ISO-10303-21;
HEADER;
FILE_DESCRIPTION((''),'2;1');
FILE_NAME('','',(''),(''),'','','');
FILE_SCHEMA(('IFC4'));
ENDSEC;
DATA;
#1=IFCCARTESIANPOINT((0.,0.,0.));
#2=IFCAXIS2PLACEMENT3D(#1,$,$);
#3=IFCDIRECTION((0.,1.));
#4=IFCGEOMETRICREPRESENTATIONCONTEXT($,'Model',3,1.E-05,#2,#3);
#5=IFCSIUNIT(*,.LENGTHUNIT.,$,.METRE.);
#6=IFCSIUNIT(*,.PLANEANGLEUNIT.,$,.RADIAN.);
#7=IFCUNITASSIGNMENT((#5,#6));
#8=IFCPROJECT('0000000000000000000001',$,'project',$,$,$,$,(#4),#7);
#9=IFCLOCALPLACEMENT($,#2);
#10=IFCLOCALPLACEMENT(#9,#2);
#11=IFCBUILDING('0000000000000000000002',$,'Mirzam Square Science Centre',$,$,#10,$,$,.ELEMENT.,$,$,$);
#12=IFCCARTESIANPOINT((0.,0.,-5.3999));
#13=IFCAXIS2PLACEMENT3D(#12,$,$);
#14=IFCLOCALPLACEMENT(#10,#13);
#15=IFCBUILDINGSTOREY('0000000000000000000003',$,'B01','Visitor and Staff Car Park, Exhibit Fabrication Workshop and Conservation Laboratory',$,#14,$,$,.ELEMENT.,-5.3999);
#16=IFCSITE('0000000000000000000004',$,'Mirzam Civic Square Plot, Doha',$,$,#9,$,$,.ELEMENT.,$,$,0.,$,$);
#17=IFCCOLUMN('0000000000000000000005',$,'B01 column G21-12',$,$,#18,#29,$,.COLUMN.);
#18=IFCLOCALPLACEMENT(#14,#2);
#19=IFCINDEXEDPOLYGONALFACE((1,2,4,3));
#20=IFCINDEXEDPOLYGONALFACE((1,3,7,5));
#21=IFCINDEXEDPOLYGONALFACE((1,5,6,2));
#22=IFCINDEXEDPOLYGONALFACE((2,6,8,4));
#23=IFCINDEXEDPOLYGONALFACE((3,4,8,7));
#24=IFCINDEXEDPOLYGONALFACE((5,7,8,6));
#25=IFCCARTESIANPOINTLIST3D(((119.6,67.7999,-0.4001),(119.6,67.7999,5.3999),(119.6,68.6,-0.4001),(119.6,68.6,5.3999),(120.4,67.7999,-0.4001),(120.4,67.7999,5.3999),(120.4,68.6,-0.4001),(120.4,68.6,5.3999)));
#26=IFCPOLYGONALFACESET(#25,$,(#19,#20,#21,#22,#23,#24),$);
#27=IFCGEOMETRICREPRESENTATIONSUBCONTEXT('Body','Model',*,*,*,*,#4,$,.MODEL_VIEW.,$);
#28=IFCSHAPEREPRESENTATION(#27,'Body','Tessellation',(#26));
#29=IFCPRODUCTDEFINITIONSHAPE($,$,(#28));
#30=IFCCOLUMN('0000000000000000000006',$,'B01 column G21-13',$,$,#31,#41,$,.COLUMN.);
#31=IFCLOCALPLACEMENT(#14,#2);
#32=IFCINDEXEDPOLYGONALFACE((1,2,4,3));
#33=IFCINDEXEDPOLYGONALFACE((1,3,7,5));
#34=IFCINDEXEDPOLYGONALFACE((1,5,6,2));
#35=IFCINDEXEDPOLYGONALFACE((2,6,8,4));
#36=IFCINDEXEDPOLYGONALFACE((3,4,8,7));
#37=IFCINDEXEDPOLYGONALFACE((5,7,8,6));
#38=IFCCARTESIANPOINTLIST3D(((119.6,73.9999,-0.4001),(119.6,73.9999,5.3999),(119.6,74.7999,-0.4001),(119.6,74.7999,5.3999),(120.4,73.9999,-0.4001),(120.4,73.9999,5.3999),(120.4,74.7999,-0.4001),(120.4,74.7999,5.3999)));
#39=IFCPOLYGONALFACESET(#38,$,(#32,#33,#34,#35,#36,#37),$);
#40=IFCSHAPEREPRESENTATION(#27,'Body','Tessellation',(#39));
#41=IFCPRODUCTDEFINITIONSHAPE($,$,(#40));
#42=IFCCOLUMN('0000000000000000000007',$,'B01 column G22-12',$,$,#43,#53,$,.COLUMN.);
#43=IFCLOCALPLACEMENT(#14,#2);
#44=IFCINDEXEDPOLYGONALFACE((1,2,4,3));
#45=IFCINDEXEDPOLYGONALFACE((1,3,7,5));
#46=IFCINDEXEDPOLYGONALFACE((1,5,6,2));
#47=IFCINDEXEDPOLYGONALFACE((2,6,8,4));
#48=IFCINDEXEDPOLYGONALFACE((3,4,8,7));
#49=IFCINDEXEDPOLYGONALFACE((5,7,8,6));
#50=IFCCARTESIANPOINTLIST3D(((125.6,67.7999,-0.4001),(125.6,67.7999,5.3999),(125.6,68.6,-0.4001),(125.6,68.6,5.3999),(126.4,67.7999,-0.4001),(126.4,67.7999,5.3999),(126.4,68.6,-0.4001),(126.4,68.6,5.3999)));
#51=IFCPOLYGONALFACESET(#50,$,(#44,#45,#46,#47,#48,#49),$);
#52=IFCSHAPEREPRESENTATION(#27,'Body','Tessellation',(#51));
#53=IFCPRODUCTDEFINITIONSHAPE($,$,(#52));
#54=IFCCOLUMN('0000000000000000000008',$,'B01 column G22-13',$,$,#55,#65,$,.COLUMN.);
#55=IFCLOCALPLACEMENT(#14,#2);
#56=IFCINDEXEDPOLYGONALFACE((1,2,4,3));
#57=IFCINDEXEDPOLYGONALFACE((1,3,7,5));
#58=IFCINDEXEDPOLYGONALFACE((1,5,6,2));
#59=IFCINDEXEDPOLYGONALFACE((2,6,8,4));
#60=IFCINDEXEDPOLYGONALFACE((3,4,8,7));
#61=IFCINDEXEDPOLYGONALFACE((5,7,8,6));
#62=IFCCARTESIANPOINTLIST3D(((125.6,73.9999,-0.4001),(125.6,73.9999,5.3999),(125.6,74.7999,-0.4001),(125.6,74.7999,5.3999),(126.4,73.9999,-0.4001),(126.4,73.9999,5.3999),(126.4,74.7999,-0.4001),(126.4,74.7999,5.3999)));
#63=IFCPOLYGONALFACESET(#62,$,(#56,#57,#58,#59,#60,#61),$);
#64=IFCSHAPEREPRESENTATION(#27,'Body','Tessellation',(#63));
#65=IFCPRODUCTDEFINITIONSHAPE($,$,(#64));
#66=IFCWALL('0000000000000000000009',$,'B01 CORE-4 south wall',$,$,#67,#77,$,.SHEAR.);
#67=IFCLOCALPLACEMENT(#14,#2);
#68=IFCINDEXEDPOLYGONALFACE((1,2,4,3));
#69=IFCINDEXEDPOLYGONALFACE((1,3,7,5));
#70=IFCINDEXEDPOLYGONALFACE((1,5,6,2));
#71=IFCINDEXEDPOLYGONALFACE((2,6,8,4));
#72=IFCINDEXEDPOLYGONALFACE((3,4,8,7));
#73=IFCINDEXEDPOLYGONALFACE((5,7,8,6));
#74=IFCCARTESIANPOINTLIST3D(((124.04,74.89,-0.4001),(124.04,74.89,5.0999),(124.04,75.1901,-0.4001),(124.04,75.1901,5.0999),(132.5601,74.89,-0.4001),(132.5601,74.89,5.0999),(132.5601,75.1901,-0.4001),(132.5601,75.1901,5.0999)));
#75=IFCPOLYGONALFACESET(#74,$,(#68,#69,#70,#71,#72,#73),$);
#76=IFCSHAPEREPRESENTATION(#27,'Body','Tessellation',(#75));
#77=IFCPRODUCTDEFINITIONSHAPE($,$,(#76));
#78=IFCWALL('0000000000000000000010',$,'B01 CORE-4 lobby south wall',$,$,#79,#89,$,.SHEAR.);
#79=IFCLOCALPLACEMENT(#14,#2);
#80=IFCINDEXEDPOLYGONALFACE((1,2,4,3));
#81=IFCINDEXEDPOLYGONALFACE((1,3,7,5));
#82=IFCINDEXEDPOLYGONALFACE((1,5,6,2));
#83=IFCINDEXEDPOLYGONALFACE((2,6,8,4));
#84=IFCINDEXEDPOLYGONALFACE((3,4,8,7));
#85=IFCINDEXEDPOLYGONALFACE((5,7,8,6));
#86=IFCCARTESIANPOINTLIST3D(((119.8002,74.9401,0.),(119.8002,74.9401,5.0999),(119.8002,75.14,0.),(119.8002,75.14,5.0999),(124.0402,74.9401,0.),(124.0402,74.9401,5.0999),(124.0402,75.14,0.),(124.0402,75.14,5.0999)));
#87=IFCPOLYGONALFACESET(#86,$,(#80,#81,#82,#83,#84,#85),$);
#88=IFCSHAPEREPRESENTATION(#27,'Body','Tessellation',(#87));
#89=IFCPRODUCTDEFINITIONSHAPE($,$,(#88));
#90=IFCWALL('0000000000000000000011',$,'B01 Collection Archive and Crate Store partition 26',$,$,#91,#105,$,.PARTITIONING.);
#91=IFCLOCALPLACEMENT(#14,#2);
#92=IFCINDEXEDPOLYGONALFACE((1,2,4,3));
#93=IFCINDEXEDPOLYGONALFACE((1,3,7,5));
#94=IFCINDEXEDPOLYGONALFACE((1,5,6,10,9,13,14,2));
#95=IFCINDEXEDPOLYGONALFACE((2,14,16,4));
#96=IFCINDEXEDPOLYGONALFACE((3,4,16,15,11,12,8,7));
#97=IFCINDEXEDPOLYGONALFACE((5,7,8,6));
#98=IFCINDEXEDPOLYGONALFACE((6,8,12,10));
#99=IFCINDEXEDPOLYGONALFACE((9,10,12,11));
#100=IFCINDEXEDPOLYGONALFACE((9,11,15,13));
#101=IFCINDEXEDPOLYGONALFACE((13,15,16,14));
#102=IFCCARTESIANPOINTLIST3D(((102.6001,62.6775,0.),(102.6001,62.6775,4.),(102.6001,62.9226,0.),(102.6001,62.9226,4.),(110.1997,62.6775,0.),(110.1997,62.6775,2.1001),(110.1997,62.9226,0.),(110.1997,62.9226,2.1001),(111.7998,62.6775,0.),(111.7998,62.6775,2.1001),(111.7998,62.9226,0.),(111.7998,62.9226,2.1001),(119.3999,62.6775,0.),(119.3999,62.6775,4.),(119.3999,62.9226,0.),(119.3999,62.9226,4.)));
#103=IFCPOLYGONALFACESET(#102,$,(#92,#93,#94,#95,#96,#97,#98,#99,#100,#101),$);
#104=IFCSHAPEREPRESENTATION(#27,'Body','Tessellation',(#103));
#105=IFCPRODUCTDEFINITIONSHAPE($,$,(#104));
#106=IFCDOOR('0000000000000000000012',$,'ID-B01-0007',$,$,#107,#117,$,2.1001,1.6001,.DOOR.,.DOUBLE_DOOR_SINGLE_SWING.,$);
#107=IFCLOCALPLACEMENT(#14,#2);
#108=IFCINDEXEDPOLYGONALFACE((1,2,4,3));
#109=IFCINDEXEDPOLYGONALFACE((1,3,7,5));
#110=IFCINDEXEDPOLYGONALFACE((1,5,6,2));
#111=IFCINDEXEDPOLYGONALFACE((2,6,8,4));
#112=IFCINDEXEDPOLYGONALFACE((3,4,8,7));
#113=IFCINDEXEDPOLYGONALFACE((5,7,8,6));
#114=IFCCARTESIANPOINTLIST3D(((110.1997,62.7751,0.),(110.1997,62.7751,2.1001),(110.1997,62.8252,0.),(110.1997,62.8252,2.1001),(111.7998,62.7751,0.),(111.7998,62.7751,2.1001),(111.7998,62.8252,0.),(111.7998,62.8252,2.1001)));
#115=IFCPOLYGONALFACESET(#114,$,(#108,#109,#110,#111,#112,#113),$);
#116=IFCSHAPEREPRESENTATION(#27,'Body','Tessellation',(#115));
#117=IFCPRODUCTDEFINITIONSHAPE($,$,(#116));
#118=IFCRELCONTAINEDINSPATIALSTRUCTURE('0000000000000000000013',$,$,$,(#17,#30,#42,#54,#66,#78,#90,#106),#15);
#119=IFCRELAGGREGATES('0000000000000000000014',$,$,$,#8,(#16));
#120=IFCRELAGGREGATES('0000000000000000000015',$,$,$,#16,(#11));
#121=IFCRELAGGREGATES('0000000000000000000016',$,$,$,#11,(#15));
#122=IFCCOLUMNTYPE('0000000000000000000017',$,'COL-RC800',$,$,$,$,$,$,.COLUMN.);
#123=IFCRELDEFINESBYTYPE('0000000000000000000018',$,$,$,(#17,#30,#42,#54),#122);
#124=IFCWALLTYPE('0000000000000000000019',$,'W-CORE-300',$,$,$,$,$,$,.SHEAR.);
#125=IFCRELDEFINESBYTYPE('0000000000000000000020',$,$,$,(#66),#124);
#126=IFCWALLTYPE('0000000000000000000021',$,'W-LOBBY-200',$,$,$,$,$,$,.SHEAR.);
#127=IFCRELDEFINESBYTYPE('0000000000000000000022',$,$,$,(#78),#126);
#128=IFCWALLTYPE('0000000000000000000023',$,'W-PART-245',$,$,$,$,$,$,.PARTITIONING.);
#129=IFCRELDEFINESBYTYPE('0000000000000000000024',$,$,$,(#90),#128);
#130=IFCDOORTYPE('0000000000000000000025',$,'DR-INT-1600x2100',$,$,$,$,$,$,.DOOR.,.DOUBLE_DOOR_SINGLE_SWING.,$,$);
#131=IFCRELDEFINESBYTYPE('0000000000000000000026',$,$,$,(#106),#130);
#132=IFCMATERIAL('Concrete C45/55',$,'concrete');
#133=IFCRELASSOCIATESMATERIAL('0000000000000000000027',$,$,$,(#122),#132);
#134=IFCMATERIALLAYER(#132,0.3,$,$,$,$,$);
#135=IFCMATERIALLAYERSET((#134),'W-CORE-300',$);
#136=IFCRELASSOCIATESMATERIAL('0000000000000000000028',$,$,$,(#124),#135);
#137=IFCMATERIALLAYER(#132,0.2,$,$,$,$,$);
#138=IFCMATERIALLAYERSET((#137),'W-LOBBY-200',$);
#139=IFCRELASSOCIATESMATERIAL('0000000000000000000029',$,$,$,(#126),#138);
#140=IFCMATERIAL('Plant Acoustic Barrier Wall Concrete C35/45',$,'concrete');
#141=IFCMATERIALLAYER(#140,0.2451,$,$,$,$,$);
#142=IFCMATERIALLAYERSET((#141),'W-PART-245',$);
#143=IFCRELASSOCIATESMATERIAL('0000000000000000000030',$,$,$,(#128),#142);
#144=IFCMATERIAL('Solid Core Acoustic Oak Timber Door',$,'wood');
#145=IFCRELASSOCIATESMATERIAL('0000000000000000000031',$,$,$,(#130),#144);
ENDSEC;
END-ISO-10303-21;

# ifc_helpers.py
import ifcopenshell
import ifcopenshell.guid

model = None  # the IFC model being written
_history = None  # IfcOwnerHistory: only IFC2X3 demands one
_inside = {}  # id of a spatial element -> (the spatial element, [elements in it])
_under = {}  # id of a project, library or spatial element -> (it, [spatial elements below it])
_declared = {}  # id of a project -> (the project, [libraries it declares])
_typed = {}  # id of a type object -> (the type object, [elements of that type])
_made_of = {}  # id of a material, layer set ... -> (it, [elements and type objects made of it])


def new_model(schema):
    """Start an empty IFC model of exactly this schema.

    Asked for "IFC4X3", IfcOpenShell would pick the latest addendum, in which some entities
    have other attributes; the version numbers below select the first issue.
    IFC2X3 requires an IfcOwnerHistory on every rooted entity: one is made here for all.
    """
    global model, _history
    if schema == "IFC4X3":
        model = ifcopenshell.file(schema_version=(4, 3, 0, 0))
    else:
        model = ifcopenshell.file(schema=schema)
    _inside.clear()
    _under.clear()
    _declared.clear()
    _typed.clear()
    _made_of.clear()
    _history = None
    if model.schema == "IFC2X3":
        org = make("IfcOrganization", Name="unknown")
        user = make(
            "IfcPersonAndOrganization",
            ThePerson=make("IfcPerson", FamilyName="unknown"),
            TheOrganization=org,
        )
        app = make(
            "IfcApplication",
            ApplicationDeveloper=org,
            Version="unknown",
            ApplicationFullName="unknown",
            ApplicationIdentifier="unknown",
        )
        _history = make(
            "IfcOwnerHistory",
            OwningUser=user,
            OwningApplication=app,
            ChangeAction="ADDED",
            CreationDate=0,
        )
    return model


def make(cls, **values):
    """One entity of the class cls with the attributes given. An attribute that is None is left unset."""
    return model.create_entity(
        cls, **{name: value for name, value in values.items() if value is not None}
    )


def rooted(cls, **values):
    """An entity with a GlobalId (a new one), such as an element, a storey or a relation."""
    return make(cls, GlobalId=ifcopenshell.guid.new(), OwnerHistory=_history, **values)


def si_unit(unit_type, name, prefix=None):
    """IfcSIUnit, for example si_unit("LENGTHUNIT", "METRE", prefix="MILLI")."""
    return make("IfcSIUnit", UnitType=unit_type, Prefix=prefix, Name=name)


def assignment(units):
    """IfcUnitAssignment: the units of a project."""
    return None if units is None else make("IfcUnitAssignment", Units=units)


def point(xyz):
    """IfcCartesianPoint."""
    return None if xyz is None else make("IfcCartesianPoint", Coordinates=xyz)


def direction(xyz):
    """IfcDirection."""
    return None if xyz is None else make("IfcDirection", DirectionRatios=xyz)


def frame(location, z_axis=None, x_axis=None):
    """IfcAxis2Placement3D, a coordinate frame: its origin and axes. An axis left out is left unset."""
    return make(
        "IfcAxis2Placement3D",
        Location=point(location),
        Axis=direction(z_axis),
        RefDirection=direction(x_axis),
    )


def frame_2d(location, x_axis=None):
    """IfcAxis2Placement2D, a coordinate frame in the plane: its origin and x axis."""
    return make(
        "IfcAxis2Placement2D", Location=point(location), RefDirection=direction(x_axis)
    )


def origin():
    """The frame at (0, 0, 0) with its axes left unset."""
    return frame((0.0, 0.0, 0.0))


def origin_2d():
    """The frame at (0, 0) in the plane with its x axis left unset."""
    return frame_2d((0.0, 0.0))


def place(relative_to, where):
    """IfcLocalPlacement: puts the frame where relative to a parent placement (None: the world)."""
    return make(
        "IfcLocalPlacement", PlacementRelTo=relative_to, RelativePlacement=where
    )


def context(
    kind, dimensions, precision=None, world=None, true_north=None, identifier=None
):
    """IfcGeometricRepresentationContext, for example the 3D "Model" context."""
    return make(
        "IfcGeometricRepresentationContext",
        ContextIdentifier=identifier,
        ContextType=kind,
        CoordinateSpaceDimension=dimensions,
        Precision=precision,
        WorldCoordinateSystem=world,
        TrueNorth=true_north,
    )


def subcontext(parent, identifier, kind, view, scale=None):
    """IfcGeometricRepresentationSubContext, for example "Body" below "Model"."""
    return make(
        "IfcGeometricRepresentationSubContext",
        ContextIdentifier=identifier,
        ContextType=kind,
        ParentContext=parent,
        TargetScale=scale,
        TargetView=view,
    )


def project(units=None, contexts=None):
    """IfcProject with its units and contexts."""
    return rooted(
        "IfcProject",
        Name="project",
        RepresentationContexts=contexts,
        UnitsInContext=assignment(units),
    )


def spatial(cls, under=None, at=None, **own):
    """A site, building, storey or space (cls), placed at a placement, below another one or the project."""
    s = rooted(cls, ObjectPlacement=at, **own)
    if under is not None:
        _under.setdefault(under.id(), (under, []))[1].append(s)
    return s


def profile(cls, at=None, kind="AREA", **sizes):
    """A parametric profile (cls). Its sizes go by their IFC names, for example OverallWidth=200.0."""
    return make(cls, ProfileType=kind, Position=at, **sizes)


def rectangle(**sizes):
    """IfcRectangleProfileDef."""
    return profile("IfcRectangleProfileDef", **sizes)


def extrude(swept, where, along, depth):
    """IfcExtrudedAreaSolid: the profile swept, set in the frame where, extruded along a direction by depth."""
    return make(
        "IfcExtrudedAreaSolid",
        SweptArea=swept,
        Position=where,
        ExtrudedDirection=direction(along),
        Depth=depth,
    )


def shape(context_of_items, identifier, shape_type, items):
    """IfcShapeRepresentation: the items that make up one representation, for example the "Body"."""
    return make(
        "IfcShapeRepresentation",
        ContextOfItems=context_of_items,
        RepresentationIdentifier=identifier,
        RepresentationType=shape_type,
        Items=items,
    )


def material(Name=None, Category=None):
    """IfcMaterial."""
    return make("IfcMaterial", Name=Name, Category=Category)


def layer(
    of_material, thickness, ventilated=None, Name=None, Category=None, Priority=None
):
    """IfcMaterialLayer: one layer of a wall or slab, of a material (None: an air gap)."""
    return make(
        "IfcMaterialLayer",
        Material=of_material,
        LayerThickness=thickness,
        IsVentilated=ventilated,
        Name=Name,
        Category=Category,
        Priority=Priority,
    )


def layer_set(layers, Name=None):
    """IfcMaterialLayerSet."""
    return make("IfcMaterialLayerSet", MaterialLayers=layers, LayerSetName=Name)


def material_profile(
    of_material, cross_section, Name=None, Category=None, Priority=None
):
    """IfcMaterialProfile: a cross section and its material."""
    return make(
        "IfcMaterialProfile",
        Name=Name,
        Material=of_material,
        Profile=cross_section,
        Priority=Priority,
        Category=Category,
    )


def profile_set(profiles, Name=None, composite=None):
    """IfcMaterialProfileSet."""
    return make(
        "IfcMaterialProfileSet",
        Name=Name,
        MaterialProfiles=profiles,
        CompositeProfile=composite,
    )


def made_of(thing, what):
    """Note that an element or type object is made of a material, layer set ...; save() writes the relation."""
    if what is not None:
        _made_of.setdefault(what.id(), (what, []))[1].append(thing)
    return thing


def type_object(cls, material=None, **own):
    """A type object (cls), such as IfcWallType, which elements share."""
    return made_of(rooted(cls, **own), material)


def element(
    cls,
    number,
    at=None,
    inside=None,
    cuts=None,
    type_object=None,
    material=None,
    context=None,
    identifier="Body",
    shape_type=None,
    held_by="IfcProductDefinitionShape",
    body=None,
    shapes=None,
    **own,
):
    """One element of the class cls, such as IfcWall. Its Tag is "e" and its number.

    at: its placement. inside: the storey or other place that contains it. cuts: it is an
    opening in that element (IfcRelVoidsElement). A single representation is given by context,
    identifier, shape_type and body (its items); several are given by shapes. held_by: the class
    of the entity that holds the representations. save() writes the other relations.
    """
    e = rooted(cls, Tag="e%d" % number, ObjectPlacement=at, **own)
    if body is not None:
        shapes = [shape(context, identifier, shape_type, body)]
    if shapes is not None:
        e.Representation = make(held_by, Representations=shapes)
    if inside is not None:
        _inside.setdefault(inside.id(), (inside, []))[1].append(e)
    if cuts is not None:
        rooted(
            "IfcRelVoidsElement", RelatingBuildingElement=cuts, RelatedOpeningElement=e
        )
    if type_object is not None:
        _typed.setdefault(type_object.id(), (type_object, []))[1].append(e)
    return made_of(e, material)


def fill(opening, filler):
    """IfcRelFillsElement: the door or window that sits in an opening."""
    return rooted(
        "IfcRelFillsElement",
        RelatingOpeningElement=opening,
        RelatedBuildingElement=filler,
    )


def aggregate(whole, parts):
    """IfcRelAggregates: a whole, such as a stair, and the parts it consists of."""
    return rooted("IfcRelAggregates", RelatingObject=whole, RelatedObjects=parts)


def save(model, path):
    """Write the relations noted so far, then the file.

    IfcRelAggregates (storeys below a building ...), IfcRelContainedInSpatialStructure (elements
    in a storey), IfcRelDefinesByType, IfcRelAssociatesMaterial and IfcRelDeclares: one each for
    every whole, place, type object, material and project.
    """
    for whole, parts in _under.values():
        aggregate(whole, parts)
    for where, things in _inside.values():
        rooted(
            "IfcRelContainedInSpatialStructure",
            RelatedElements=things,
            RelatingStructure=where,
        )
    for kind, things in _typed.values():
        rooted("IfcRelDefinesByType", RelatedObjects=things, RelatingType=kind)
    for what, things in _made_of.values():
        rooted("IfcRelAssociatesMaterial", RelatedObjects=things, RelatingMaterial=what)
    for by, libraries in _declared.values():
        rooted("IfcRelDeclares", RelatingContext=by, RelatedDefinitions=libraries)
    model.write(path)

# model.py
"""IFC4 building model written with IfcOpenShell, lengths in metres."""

from ifc_helpers import new_model, si_unit, direction, frame, frame_2d, origin, origin_2d, place, context, subcontext, project, spatial, rectangle, extrude, material, layer, layer_set, material_profile, profile_set, type_object, element, fill, save


model = new_model("IFC4")

# Units and contexts
model_context = context("Model", 3, precision=1e-05, world=origin(), true_north=direction((0.0, 1.0)))
body_context = subcontext(model_context, "Body", "Model", "MODEL_VIEW")
ifc_project = project(units=[si_unit("LENGTHUNIT", "METRE"), si_unit("PLANEANGLEUNIT", "RADIAN")], contexts=[model_context])

# Site, building, storey
site_placement = place(None, origin())
site = spatial("IfcSite", under=ifc_project, at=site_placement, Name="Mirzam Civic Square Plot, Doha", CompositionType="ELEMENT", RefElevation=0.0)
building_placement = place(site_placement, origin())
building = spatial("IfcBuilding", under=site, at=building_placement, Name="Mirzam Square Science Centre", CompositionType="ELEMENT")
storey_placement = place(building_placement, frame((0.0, 0.0, -5.3999)))
storey = spatial("IfcBuildingStorey", under=building, at=storey_placement, Name="B01", Description="Visitor and Staff Car Park, Exhibit Fabrication Workshop and Conservation Laboratory", CompositionType="ELEMENT", Elevation=-5.3999)

# Shared definitions
ifc_material_1 = material(Name="Concrete C45/55", Category="concrete")

# Columns
ifc_material_profile_1 = material_profile(ifc_material_1, rectangle(XDim=0.8, YDim=0.8, at=origin_2d()), Name="RC800x800")
ifc_profile_set_1 = profile_set([ifc_material_profile_1], Name="Concrete C45/55")
column_type = type_object("IfcColumnType", Name="COL-RC800", PredefinedType="COLUMN", material=ifc_profile_set_1)
for number, where, z_axis, x_axis, name in (
    (1, (120.0, 68.2, -0.4001), (0.0, 0.0, 1.0), (1.0, 0.0, 0.0), "B01 column G21-12"),
    (2, (120.0, 74.3999, -0.4001), (0.0, 0.0, 1.0), (1.0, 0.0, 0.0), "B01 column G21-13"),
    (3, (126.0, 68.2, -0.4001), (0.0, 0.0, 1.0), (1.0, 0.0, 0.0), "B01 column G22-12"),
    (4, (126.0, 74.3999, -0.4001), (0.0, 0.0, 1.0), (1.0, 0.0, 0.0), "B01 column G22-13"),
):
    element("IfcColumn", number, at=place(storey_placement, frame(where, z_axis=z_axis, x_axis=x_axis)), inside=storey, type_object=column_type, Name=name, PredefinedType="COLUMN", context=body_context, shape_type="SweptSolid", body=[
        extrude(rectangle(XDim=0.8, YDim=0.8, at=origin_2d()), origin(), (0.0, 0.0, 1.0), 5.8),
    ])

# Walls
ifc_layer_1 = layer(ifc_material_1, 0.3)
ifc_layer_set_1 = layer_set([ifc_layer_1], Name="W-CORE-300")
wall_type_1 = type_object("IfcWallType", Name="W-CORE-300", PredefinedType="SHEAR", material=ifc_layer_set_1)
wall_1_placement = place(storey_placement, frame((124.04, 75.04, -0.4001), z_axis=(0.0, 0.0, 1.0), x_axis=(1.0, 0.0, 0.0)))
element("IfcWall", 5, at=wall_1_placement, inside=storey, type_object=wall_type_1, Name="B01 CORE-4 south wall", PredefinedType="SHEAR", context=body_context, shape_type="SweptSolid", body=[
    extrude(rectangle(XDim=8.52, YDim=0.3, at=frame_2d((4.26, 0.0))), origin(), (0.0, 0.0, 1.0), 5.5),
])
ifc_layer_2 = layer(ifc_material_1, 0.2)
ifc_layer_set_2 = layer_set([ifc_layer_2], Name="W-LOBBY-200")
wall_type_2 = type_object("IfcWallType", Name="W-LOBBY-200", PredefinedType="SHEAR", material=ifc_layer_set_2)
wall_2_placement = place(storey_placement, frame((119.8, 75.04, 0.0), z_axis=(0.0, 0.0, 1.0), x_axis=(1.0, 0.0, 0.0)))
element("IfcWall", 6, at=wall_2_placement, inside=storey, type_object=wall_type_2, Name="B01 CORE-4 lobby south wall", PredefinedType="SHEAR", context=body_context, shape_type="SweptSolid", body=[
    extrude(rectangle(XDim=4.24, YDim=0.2, at=frame_2d((2.1201, 0.0))), origin(), (0.0, 0.0, 1.0), 5.0999),
])

# Wall, opening, door
ifc_material_2 = material(Name="Plant Acoustic Barrier Wall Concrete C35/45", Category="concrete")
ifc_layer_3 = layer(ifc_material_2, 0.2451)
ifc_layer_set_3 = layer_set([ifc_layer_3], Name="W-PART-245")
wall_type_3 = type_object("IfcWallType", Name="W-PART-245", PredefinedType="PARTITIONING", material=ifc_layer_set_3)
wall_3_placement = place(storey_placement, frame((119.3999, 62.8, 0.0), z_axis=(0.0, 0.0, 1.0), x_axis=(-1.0, 0.0, 0.0)))
wall_3 = element("IfcWall", 7, at=wall_3_placement, inside=storey, type_object=wall_type_3, Name="B01 Collection Archive and Crate Store partition 26", PredefinedType="PARTITIONING", context=body_context, shape_type="SweptSolid", body=[
    extrude(rectangle(XDim=16.7998, YDim=0.2451, at=frame_2d((8.3999, 0.0))), origin(), (0.0, 0.0, 1.0), 4.0),
])
opening_placement = place(wall_3_placement, frame((7.6001, 0.0, 0.0)))
opening = element("IfcOpeningElement", 8, at=opening_placement, cuts=wall_3, PredefinedType="OPENING", context=body_context, shape_type="SweptSolid", body=[
    extrude(rectangle(XDim=1.6001, YDim=2.1001, at=frame_2d((0.8, 1.05))), frame((0.0, 0.1326, 0.0), z_axis=(0.0, -1.0, 0.0), x_axis=(1.0, 0.0, 0.0)), (0.0, 0.0, 1.0), 0.2651),
])
ifc_material_3 = material(Name="Solid Core Acoustic Oak Timber Door", Category="wood")
door_type = type_object("IfcDoorType", Name="DR-INT-1600x2100", OperationType="DOUBLE_DOOR_SINGLE_SWING", PredefinedType="DOOR", material=ifc_material_3)
door_placement = place(opening_placement, origin())
door = element("IfcDoor", 9, at=door_placement, inside=storey, type_object=door_type, Name="ID-B01-0007", OperationType="DOUBLE_DOOR_SINGLE_SWING", OverallHeight=2.1001, OverallWidth=1.6001, PredefinedType="DOOR", context=body_context, shape_type="SweptSolid", body=[
    extrude(rectangle(XDim=1.6001, YDim=2.1001, at=frame_2d((0.8, 1.05))), frame((0.0, 0.0249, 0.0), z_axis=(0.0, -1.0, 0.0), x_axis=(1.0, 0.0, 0.0)), (0.0, 0.0, 1.0), 0.05),
])
fill(opening, door)

save(model, "model.ifc")
